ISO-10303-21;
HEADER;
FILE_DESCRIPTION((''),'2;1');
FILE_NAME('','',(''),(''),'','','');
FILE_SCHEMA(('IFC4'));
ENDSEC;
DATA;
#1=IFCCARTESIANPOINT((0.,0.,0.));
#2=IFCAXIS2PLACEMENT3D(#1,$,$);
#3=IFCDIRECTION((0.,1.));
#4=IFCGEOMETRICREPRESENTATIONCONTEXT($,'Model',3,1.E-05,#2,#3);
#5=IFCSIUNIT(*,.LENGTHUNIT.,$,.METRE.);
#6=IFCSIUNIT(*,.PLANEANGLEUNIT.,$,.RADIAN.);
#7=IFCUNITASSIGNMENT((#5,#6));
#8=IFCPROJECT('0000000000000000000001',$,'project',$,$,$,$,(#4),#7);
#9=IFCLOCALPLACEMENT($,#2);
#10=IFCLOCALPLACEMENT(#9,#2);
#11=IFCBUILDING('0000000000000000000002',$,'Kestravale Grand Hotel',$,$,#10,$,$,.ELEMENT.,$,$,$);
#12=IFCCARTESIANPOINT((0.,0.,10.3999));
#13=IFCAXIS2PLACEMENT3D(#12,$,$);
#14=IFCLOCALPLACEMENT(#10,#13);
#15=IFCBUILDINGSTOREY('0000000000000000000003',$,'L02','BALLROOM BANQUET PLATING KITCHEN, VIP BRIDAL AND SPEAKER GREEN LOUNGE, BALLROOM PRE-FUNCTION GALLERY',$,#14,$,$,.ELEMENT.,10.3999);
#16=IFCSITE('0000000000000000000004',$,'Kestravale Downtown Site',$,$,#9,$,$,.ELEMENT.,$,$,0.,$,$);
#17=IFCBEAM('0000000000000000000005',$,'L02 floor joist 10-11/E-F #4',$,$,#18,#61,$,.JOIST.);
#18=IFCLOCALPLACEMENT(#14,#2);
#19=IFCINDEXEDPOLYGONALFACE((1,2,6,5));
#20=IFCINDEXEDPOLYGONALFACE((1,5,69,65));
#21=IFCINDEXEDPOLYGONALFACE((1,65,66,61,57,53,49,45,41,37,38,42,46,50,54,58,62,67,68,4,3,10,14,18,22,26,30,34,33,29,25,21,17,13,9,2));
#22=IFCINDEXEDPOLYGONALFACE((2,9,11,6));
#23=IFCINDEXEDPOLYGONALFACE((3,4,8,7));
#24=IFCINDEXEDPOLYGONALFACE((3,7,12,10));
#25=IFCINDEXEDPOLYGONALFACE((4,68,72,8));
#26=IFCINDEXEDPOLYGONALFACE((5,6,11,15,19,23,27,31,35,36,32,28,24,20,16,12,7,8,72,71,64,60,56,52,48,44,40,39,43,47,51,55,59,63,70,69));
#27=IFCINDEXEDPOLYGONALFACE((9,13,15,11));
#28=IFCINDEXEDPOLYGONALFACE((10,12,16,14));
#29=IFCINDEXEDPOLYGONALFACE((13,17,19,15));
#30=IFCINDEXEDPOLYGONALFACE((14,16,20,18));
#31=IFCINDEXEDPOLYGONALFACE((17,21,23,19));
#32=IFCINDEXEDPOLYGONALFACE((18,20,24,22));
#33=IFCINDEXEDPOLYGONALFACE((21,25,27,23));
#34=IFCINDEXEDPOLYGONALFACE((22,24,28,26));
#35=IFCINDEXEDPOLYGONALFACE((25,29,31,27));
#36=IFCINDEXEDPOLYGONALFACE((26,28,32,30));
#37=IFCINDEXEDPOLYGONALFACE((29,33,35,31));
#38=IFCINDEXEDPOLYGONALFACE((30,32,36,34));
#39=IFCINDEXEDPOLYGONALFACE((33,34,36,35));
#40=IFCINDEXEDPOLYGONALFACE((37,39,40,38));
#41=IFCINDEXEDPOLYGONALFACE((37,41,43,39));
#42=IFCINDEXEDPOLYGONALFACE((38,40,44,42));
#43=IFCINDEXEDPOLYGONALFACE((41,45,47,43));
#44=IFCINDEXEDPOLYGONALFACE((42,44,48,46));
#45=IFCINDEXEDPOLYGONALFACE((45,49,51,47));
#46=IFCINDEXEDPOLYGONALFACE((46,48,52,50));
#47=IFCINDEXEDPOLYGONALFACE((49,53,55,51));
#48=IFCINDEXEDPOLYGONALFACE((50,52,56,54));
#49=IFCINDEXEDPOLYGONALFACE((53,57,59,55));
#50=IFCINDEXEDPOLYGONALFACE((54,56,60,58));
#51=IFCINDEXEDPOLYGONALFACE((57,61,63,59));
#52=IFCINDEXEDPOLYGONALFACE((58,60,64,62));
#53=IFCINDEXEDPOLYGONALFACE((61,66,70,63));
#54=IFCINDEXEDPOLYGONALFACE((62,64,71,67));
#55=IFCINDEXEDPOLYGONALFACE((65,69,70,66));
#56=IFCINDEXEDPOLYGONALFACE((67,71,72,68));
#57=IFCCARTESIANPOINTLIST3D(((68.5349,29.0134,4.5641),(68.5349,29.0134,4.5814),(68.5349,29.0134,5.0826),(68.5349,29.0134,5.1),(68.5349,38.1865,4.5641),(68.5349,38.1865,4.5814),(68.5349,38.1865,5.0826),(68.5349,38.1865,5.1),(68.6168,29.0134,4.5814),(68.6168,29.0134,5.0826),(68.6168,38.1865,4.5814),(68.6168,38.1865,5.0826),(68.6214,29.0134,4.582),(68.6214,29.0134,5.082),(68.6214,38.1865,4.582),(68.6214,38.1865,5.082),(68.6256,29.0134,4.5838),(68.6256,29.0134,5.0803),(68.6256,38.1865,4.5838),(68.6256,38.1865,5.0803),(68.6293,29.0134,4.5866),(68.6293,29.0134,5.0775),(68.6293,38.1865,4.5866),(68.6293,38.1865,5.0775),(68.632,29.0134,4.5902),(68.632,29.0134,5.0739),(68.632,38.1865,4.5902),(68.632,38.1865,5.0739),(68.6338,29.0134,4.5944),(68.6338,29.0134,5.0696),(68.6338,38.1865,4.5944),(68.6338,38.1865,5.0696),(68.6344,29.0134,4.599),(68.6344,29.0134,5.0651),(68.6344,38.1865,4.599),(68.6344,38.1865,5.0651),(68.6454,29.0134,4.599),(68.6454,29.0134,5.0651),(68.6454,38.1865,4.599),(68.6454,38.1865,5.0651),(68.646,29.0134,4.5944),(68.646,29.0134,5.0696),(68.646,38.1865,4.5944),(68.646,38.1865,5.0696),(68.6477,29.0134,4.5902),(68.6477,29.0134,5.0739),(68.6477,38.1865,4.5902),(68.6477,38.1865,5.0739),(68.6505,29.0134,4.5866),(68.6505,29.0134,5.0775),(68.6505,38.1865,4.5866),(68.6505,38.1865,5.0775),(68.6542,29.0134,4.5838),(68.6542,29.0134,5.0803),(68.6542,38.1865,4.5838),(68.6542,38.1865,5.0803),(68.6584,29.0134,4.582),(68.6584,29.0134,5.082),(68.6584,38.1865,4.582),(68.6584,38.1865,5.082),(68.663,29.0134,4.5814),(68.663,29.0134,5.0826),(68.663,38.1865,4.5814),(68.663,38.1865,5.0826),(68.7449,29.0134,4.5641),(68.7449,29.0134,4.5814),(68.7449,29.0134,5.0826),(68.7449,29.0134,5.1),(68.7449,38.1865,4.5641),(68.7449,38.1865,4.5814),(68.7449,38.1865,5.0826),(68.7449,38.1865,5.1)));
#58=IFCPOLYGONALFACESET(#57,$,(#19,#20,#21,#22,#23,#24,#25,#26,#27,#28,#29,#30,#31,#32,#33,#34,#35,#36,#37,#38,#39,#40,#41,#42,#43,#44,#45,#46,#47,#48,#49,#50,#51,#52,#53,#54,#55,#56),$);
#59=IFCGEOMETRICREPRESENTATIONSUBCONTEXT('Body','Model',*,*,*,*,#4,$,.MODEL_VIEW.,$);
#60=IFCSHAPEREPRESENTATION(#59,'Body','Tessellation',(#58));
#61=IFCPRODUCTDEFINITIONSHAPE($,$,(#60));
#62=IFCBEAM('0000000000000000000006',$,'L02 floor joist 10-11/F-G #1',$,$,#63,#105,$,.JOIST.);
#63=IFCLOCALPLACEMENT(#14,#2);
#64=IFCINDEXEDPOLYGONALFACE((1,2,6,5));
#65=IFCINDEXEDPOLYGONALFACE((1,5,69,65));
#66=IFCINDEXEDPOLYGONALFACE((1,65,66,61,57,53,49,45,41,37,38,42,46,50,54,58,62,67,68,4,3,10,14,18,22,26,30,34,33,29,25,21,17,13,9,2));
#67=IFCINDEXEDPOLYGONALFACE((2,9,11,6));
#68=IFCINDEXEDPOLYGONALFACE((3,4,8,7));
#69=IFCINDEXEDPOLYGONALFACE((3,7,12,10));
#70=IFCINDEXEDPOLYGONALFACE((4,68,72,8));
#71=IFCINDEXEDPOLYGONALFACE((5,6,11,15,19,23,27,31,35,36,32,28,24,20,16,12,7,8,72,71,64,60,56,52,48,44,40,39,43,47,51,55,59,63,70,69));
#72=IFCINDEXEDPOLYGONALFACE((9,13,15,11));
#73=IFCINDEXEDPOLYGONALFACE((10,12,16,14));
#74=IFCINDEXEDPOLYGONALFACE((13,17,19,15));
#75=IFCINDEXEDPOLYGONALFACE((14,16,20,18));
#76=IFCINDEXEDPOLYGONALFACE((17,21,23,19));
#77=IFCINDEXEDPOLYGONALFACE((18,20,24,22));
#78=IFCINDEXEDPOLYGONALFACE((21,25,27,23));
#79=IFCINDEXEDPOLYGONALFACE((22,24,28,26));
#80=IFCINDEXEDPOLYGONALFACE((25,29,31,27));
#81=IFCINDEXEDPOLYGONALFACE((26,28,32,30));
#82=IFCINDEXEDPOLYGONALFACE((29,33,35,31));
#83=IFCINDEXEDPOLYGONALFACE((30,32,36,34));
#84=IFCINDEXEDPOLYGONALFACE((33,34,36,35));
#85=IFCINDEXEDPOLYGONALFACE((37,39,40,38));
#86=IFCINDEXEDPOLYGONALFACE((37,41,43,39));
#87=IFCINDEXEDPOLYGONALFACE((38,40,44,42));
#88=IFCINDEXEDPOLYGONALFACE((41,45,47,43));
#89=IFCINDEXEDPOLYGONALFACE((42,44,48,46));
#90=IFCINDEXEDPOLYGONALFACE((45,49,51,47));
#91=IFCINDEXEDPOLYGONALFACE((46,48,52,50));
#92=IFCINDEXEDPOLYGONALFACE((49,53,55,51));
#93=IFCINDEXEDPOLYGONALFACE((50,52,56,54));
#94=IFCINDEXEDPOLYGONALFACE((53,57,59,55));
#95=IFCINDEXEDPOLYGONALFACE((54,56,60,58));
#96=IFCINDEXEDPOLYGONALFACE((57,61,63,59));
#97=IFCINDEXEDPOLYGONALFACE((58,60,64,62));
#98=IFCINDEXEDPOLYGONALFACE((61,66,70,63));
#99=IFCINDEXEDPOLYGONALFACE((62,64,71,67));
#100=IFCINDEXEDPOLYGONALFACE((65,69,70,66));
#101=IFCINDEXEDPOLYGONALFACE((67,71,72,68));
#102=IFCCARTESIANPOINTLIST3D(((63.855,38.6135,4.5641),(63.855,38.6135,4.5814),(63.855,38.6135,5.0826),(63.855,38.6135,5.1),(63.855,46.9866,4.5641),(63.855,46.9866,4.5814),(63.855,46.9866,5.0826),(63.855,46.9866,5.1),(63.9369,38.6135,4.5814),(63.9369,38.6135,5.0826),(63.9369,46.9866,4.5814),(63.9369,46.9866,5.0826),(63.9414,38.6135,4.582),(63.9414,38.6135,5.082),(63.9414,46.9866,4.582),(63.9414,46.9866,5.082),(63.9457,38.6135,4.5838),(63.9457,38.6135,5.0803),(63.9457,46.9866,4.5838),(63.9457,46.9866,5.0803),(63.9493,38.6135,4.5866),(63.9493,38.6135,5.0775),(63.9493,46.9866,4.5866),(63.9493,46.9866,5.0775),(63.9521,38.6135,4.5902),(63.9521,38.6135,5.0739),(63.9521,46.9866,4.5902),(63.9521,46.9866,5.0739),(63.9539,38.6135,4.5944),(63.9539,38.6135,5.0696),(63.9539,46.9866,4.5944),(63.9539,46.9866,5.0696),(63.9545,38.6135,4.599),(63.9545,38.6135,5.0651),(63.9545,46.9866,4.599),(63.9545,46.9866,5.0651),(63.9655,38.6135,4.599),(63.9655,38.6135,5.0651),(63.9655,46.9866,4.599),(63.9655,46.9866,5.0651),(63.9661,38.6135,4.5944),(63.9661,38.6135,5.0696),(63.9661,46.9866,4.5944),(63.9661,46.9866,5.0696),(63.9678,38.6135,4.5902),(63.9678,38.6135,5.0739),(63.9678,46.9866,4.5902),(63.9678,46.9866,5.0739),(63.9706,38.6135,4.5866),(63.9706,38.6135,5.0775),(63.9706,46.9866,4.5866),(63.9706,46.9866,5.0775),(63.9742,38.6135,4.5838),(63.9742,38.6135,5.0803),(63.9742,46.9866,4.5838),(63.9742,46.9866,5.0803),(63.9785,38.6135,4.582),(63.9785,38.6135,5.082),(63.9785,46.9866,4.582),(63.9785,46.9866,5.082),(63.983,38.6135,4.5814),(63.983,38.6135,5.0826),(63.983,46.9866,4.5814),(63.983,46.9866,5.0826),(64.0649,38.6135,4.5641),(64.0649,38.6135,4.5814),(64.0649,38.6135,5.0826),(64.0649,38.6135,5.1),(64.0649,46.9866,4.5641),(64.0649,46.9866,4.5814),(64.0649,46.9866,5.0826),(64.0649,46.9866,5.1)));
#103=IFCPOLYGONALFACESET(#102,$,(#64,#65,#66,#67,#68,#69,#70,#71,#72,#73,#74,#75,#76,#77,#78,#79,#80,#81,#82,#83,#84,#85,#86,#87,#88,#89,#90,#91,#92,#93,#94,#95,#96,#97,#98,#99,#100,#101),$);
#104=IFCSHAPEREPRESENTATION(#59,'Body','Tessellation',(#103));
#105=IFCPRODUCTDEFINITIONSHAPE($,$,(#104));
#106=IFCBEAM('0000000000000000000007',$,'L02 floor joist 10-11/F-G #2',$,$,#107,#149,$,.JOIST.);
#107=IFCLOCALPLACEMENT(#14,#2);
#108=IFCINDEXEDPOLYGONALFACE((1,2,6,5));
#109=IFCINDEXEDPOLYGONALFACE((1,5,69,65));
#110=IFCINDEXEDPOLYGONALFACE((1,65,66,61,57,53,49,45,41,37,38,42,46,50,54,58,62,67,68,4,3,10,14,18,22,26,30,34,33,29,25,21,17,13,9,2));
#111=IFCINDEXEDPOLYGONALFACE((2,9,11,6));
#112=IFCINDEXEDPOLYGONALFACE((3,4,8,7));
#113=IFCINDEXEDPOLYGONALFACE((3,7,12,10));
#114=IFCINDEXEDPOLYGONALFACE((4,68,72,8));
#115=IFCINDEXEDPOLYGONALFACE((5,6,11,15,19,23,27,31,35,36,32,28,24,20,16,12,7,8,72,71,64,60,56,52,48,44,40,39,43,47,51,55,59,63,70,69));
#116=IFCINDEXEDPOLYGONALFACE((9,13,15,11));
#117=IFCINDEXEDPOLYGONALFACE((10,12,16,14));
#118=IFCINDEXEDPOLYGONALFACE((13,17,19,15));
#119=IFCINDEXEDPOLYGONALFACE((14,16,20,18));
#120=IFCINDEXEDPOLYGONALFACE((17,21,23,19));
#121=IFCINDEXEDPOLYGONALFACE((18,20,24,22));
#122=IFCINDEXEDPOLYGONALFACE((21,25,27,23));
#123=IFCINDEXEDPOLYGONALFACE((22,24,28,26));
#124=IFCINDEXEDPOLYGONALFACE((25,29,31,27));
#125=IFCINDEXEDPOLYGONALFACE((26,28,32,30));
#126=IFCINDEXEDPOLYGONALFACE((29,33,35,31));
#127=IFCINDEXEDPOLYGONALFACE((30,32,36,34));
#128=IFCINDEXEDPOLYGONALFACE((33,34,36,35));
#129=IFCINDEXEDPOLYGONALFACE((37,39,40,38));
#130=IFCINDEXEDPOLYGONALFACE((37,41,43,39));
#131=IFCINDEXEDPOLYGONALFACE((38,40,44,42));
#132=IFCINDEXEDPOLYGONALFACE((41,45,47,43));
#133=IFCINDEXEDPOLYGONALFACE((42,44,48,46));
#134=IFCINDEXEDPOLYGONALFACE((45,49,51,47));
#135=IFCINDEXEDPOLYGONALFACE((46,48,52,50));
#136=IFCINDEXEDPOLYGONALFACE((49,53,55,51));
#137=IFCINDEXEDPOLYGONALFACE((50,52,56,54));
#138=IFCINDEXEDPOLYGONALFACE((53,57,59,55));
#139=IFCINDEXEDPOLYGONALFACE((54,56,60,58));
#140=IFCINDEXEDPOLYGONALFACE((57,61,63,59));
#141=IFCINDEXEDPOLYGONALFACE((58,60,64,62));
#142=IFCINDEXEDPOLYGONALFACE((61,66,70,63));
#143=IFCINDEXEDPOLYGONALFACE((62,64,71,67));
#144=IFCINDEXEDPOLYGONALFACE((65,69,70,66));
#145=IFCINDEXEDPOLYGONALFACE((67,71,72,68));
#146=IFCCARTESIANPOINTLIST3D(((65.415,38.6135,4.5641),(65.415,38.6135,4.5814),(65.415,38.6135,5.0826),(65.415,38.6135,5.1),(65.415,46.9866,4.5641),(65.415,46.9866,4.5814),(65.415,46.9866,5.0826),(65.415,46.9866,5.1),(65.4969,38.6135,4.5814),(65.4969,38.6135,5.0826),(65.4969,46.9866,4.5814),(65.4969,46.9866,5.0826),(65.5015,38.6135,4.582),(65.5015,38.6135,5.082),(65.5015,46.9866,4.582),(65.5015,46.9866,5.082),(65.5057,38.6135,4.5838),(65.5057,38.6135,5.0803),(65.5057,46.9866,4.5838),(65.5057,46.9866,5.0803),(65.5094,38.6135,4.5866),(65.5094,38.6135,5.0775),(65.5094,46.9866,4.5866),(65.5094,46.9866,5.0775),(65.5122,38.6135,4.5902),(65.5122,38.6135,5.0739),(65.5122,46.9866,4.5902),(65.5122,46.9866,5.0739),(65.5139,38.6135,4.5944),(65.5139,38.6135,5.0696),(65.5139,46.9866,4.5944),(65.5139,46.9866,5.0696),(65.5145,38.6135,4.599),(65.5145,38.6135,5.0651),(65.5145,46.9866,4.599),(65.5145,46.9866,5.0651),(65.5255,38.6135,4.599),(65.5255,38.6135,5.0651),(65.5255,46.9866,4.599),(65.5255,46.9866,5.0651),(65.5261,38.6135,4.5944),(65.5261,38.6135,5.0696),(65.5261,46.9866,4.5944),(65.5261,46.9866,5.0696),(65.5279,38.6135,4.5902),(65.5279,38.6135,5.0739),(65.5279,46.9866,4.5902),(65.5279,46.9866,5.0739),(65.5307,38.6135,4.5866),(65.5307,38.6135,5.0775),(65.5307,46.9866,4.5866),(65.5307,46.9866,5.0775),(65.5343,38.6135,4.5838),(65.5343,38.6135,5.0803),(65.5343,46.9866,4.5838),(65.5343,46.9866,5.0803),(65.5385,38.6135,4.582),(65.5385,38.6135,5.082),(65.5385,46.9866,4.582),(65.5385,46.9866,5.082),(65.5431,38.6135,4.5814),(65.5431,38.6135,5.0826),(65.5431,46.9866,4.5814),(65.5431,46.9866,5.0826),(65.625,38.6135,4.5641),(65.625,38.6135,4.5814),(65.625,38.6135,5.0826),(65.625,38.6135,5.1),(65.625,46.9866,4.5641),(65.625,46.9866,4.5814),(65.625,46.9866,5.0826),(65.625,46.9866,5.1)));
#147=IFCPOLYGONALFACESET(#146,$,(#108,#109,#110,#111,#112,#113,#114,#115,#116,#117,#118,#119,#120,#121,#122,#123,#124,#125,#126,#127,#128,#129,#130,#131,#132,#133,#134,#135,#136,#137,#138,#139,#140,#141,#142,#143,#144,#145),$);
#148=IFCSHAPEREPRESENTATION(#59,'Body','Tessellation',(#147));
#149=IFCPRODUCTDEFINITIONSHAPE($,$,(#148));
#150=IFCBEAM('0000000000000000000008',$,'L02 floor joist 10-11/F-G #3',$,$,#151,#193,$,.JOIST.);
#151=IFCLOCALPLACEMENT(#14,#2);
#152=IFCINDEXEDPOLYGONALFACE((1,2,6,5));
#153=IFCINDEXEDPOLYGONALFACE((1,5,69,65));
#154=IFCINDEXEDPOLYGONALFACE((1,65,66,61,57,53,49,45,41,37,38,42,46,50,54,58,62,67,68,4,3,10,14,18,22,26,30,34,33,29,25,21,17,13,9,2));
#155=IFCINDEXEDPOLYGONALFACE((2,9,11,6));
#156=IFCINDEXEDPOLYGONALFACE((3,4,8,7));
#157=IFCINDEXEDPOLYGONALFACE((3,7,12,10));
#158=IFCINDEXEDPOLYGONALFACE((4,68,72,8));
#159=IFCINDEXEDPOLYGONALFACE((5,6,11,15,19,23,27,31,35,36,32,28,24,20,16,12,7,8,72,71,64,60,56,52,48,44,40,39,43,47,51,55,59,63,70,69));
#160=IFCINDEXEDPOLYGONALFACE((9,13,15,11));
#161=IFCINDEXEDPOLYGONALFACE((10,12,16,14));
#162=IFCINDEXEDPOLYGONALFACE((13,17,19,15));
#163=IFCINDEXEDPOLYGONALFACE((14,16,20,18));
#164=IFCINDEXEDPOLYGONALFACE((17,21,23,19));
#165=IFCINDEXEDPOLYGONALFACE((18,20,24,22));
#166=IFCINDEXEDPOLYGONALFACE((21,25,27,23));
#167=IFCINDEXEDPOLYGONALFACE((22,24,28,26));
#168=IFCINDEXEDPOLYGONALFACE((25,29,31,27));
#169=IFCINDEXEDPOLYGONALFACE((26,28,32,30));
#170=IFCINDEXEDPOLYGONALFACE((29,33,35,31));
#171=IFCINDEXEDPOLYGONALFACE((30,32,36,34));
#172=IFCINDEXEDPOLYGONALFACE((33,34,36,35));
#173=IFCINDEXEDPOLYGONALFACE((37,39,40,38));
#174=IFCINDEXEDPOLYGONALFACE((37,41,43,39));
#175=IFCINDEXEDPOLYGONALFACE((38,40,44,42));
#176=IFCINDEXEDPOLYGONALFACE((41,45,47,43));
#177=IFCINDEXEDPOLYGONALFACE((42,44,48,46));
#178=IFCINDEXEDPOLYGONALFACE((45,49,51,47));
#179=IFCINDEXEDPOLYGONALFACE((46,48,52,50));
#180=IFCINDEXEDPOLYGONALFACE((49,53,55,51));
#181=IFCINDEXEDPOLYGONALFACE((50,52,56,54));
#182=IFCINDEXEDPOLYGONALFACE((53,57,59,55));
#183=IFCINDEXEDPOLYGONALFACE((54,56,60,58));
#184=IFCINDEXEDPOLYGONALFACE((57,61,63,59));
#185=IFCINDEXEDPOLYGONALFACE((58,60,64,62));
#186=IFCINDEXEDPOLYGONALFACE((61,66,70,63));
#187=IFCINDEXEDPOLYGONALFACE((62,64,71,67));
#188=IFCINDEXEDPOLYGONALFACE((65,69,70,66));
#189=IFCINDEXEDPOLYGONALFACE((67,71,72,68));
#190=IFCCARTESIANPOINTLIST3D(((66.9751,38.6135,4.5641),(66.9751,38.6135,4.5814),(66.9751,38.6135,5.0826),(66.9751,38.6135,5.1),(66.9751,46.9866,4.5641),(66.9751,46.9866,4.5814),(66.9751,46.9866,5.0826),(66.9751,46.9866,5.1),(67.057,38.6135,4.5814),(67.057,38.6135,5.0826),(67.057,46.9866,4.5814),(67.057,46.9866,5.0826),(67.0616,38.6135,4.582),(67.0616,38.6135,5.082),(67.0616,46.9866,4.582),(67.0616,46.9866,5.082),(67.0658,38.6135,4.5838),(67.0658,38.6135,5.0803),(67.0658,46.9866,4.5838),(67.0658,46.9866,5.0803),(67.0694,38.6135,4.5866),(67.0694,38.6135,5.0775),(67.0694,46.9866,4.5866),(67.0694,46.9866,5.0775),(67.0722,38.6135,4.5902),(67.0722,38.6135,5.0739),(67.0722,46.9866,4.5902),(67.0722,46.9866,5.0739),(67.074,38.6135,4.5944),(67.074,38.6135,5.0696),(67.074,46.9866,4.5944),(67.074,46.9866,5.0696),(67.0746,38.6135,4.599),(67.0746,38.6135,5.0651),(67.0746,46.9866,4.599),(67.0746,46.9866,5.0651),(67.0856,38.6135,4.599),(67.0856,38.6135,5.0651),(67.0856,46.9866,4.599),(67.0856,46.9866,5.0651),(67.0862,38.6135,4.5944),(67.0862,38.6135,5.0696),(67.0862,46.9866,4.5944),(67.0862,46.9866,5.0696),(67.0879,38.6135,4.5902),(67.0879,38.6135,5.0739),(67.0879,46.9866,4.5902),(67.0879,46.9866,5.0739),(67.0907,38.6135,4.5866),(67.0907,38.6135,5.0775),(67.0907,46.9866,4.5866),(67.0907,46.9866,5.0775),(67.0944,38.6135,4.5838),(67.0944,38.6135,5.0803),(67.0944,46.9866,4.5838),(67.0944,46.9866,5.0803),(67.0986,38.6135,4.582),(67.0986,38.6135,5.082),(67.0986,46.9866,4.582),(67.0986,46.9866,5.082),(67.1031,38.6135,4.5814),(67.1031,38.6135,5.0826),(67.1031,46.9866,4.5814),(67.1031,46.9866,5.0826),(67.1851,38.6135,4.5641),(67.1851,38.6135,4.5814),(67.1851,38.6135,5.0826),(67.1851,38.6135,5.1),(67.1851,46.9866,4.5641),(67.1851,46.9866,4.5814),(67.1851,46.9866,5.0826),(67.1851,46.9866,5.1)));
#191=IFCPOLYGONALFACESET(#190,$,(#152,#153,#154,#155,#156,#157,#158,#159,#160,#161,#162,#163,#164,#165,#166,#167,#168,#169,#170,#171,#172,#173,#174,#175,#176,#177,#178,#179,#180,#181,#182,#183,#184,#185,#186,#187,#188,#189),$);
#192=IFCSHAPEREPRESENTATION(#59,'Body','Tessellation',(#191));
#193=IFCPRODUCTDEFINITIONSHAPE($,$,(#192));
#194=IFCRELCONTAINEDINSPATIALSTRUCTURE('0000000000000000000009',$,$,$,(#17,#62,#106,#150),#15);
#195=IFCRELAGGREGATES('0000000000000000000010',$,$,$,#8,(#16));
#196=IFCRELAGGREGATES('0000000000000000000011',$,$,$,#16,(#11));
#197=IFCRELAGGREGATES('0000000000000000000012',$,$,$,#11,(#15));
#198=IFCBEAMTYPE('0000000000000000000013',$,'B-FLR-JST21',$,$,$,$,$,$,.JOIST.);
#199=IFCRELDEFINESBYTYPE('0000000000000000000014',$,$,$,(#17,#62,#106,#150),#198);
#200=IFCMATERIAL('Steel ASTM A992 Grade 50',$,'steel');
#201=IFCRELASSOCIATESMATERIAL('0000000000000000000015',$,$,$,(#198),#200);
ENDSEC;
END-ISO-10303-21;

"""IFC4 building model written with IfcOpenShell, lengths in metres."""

from ifc_helpers import new_model, si_unit, direction, frame, origin, origin_2d, place, context, subcontext, project, spatial, i_section, extrude, material, material_profile, profile_set, type_object, element, save


model = new_model("IFC4")

# Units and contexts
model_context = context("Model", 3, precision=1e-05, world=origin(), true_north=direction((0.0, 1.0)))
body_context = subcontext(model_context, "Body", "Model", "MODEL_VIEW")
ifc_project = project(units=[si_unit("LENGTHUNIT", "METRE"), si_unit("PLANEANGLEUNIT", "RADIAN")], contexts=[model_context])

# Site, building, storey
site_placement = place(None, origin())
site = spatial("IfcSite", under=ifc_project, at=site_placement, Name="Kestravale Downtown Site", CompositionType="ELEMENT", RefElevation=0.0)
building_placement = place(site_placement, origin())
building = spatial("IfcBuilding", under=site, at=building_placement, Name="Kestravale Grand Hotel", CompositionType="ELEMENT")
storey_placement = place(building_placement, frame((0.0, 0.0, 10.3999)))
storey = spatial("IfcBuildingStorey", under=building, at=storey_placement, Name="L02", Description="BALLROOM BANQUET PLATING KITCHEN, VIP BRIDAL AND SPEAKER GREEN LOUNGE, BALLROOM PRE-FUNCTION GALLERY", CompositionType="ELEMENT", Elevation=10.3999)

# Beams
ifc_material_1 = material(Name="Steel ASTM A992 Grade 50", Category="steel")
ifc_material_profile_1 = material_profile(ifc_material_1, i_section(OverallWidth=0.21, OverallDepth=0.5359, WebThickness=0.011, FlangeThickness=0.0173, FilletRadius=0.0176, at=origin_2d()))
ifc_profile_set_1 = profile_set([ifc_material_profile_1], Name="Steel ASTM A992 Grade 50")
beam_type_1 = type_object("IfcBeamType", Name="B-FLR-JST21", PredefinedType="JOIST", material=ifc_profile_set_1)
for number, where, z_axis, x_axis, name in (
    (1, (68.6399, 29.0134, 4.832), (0.0, 1.0, 0.0), (-1.0, 0.0, 0.0), "L02 floor joist 10-11/E-F #4"),
):
    element("IfcBeam", number, at=place(storey_placement, frame(where, z_axis=z_axis, x_axis=x_axis)), inside=storey, type_object=beam_type_1, Name=name, PredefinedType="JOIST", context=body_context, shape_type="SweptSolid", body=[
        extrude(i_section(OverallWidth=0.21, OverallDepth=0.5359, WebThickness=0.011, FlangeThickness=0.0173, FilletRadius=0.0176, at=origin_2d()), origin(), (0.0, 0.0, 1.0), 9.1731),
    ])
for number, where, z_axis, x_axis, name in (
    (2, (63.96, 38.6135, 4.832), (0.0, 1.0, 0.0), (-1.0, 0.0, 0.0), "L02 floor joist 10-11/F-G #1"),
    (3, (65.52, 38.6135, 4.832), (0.0, 1.0, 0.0), (-1.0, 0.0, 0.0), "L02 floor joist 10-11/F-G #2"),
    (4, (67.0801, 38.6135, 4.832), (0.0, 1.0, 0.0), (-1.0, 0.0, 0.0), "L02 floor joist 10-11/F-G #3"),
):
    element("IfcBeam", number, at=place(storey_placement, frame(where, z_axis=z_axis, x_axis=x_axis)), inside=storey, type_object=beam_type_1, Name=name, PredefinedType="JOIST", context=body_context, shape_type="SweptSolid", body=[
        extrude(i_section(OverallWidth=0.21, OverallDepth=0.5359, WebThickness=0.011, FlangeThickness=0.0173, FilletRadius=0.0176, at=origin_2d()), origin(), (0.0, 0.0, 1.0), 8.373),
    ])

save(model, "model.ifc")
